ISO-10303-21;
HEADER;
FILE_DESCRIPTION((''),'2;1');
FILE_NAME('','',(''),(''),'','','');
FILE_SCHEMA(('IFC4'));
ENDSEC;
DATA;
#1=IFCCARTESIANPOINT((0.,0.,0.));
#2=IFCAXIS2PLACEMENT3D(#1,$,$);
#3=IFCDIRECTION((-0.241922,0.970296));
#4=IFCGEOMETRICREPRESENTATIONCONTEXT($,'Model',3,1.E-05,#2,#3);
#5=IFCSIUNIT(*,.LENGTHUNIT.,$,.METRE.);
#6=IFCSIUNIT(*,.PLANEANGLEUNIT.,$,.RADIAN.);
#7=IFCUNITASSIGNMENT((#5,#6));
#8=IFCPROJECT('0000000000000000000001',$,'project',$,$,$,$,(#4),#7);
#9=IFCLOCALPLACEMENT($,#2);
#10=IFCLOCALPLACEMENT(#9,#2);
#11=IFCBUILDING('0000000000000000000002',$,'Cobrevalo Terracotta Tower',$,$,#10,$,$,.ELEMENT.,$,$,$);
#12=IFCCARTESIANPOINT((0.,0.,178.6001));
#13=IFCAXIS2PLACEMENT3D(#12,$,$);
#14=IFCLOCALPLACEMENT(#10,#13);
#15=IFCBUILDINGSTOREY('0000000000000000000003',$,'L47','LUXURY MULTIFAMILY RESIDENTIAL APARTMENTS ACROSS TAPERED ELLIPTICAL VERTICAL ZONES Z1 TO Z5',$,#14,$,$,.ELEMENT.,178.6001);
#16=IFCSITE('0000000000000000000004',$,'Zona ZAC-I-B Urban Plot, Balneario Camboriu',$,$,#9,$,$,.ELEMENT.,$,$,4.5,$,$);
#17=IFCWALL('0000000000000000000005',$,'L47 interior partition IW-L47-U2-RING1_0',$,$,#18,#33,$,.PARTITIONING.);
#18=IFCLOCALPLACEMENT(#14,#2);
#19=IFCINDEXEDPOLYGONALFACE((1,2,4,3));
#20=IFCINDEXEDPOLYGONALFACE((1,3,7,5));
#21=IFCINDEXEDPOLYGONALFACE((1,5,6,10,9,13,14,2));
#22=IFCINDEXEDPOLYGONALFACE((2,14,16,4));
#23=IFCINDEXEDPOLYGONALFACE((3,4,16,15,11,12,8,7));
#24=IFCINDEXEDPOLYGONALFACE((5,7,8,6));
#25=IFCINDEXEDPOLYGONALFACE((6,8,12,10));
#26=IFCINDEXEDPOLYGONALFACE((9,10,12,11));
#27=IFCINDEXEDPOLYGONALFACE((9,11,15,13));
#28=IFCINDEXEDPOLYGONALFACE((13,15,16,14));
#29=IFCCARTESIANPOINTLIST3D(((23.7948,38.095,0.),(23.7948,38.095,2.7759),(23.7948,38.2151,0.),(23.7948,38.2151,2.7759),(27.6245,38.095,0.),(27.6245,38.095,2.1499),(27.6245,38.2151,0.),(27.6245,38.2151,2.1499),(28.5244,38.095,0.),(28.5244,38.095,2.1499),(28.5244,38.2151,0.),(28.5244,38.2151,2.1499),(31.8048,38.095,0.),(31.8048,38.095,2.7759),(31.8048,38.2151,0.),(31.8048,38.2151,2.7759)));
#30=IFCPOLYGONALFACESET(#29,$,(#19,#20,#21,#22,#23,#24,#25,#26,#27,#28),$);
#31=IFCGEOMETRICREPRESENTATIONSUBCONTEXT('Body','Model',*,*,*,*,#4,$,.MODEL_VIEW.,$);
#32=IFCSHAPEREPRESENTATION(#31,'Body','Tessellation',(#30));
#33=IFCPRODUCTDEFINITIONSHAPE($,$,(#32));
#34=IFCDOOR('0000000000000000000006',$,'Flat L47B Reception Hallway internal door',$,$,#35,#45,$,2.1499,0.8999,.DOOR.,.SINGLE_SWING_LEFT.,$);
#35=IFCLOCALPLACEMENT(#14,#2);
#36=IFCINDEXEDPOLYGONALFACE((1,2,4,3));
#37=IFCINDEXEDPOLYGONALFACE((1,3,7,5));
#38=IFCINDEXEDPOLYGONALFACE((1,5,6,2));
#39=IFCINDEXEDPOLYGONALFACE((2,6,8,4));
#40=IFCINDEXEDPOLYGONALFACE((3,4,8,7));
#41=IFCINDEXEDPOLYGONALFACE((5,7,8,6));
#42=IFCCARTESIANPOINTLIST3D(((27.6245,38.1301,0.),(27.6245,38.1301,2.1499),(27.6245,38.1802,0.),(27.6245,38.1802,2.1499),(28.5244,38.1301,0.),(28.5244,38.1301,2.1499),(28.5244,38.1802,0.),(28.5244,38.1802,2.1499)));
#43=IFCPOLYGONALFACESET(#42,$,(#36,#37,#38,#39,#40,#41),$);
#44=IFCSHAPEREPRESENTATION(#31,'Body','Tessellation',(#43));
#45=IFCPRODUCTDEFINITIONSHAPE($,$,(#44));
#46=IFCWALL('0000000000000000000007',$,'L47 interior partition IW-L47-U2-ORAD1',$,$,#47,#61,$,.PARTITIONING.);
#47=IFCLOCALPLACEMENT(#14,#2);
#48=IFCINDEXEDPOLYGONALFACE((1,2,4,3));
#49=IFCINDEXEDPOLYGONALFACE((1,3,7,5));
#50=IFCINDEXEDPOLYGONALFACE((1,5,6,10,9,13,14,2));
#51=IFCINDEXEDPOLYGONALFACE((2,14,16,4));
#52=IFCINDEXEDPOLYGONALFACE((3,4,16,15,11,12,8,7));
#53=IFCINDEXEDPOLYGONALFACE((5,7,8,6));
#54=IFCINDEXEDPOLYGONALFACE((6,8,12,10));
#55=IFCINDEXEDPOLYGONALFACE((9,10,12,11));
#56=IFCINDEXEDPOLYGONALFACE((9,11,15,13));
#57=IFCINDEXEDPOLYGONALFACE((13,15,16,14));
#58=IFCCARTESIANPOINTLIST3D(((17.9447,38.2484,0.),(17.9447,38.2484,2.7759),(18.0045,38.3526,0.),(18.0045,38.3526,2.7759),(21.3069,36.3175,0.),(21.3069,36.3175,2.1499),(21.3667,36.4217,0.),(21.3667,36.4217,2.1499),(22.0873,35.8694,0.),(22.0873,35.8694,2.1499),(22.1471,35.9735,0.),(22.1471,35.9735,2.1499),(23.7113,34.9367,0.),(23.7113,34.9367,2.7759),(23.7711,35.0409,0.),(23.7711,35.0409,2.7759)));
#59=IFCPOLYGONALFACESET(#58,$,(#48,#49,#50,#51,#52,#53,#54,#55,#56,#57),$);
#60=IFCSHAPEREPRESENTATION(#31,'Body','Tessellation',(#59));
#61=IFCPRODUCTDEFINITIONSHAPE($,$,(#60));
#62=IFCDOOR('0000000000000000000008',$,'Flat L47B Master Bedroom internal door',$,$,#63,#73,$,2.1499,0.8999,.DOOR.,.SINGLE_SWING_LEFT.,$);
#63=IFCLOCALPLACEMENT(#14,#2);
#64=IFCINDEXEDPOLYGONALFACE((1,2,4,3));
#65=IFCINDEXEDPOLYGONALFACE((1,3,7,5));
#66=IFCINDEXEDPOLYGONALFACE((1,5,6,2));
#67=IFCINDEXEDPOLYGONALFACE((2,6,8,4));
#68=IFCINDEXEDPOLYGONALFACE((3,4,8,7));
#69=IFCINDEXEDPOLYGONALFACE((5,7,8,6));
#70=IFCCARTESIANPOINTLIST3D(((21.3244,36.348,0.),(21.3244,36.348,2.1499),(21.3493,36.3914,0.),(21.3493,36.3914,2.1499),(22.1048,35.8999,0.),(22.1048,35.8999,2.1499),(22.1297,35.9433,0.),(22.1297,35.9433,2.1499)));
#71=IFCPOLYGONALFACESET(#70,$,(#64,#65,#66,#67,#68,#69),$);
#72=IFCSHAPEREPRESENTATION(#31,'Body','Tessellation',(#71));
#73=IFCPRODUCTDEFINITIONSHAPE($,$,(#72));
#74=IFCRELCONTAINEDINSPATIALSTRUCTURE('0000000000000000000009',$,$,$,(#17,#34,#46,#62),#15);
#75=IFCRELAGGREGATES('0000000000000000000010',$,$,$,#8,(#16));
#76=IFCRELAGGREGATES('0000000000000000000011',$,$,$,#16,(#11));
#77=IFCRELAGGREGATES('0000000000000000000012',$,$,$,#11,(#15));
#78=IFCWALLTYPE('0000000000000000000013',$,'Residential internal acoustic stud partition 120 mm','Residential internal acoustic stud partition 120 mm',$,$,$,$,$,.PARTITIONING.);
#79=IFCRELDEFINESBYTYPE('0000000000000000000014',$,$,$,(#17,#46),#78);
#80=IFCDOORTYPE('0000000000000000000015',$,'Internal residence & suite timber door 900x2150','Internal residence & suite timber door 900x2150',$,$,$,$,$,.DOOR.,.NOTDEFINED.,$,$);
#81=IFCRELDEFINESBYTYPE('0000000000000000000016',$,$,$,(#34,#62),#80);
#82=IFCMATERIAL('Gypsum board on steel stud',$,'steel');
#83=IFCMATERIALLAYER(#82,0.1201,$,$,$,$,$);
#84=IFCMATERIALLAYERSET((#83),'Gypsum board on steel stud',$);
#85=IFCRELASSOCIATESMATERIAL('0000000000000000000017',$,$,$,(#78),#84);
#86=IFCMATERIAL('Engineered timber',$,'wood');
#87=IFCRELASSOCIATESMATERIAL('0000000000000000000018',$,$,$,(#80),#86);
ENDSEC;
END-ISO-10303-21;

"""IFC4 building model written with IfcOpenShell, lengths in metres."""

from ifc_helpers import new_model, si_unit, direction, frame, frame_2d, origin, place, context, subcontext, project, spatial, rectangle, extrude, source, transform, mapped, material, layer, layer_set, type_object, element, fill, save


model = new_model("IFC4")

# Units and contexts
model_context = context("Model", 3, precision=1e-05, world=origin(), true_north=direction((-0.241922, 0.970296)))
body_context = subcontext(model_context, "Body", "Model", "MODEL_VIEW")
ifc_project = project(units=[si_unit("LENGTHUNIT", "METRE"), si_unit("PLANEANGLEUNIT", "RADIAN")], contexts=[model_context])

# Site, building, storey
site_placement = place(None, origin())
site = spatial("IfcSite", under=ifc_project, at=site_placement, Name="Zona ZAC-I-B Urban Plot, Balneario Camboriu", CompositionType="ELEMENT", RefElevation=4.5)
building_placement = place(site_placement, origin())
building = spatial("IfcBuilding", under=site, at=building_placement, Name="Cobrevalo Terracotta Tower", CompositionType="ELEMENT")
storey_placement = place(building_placement, frame((0.0, 0.0, 178.6001)))
storey = spatial("IfcBuildingStorey", under=building, at=storey_placement, Name="L47", Description="LUXURY MULTIFAMILY RESIDENTIAL APARTMENTS ACROSS TAPERED ELLIPTICAL VERTICAL ZONES Z1 TO Z5", CompositionType="ELEMENT", Elevation=178.6001)

# Walls, openings, doors
ifc_material_1 = material(Name="Gypsum board on steel stud", Category="steel")
ifc_layer_1 = layer(ifc_material_1, 0.1201)
ifc_layer_set_1 = layer_set([ifc_layer_1], Name="Gypsum board on steel stud")
wall_type = type_object("IfcWallType", Name="Residential internal acoustic stud partition 120 mm", Description="Residential internal acoustic stud partition 120 mm", PredefinedType="PARTITIONING", material=ifc_layer_set_1)
wall_1_placement = place(storey_placement, frame((23.7949, 38.155, 0.0), z_axis=(0.0, 0.0, 1.0), x_axis=(1.0, 0.0, 0.0)))
wall_1 = element("IfcWall", 1, at=wall_1_placement, inside=storey, type_object=wall_type, Name="L47 interior partition IW-L47-U2-RING1_0", PredefinedType="PARTITIONING", context=body_context, shape_type="SweptSolid", body=[
    extrude(rectangle(XDim=8.01, YDim=0.1201, at=frame_2d((4.0049, 0.0))), origin(), (0.0, 0.0, 1.0), 2.7759),
])
opening_1_placement = place(wall_1_placement, frame((3.8296, 0.0, 0.0)))
opening_1 = element("IfcOpeningElement", 2, at=opening_1_placement, cuts=wall_1, PredefinedType="OPENING", context=body_context, shape_type="SweptSolid", body=[
    extrude(rectangle(XDim=0.8999, YDim=2.1499, at=frame_2d((0.45, 1.075))), frame((0.0, 0.0701, 0.0), z_axis=(0.0, -1.0, 0.0), x_axis=(1.0, 0.0, 0.0)), (0.0, 0.0, 1.0), 0.1401),
])
ifc_material_2 = material(Name="Engineered timber", Category="wood")
door_type = type_object("IfcDoorType", Name="Internal residence & suite timber door 900x2150", Description="Internal residence & suite timber door 900x2150", OperationType="NOTDEFINED", PredefinedType="DOOR", material=ifc_material_2)
shared_shape_1 = source(origin(), body_context, "Body", "SweptSolid", [
    extrude(rectangle(XDim=0.8999, YDim=2.1499, at=frame_2d((0.45, 1.075))), frame((0.0, 0.0249, 0.0), z_axis=(0.0, -1.0, 0.0), x_axis=(1.0, 0.0, 0.0)), (0.0, 0.0, 1.0), 0.05),
])
door_1_placement = place(opening_1_placement, frame((0.8999, 0.0, 0.0), z_axis=(0.0, 0.0, 1.0), x_axis=(-1.0, 0.0, 0.0)))
door_1 = element("IfcDoor", 3, at=door_1_placement, inside=storey, type_object=door_type, Name="Flat L47B Reception Hallway internal door", OperationType="SINGLE_SWING_LEFT", OverallHeight=2.1499, OverallWidth=0.8999, PredefinedType="DOOR", context=body_context, shape_type="MappedRepresentation", body=[
    mapped(shared_shape_1, transform((0.0, 0.0, 0.0), scale=1.0)),
])
fill(opening_1, door_1)
wall_2_placement = place(storey_placement, frame((23.7412, 34.9888, 0.0), z_axis=(0.0, 0.0, 1.0), x_axis=(-0.867168, 0.498016, 0.0)))
wall_2 = element("IfcWall", 4, at=wall_2_placement, inside=storey, type_object=wall_type, Name="L47 interior partition IW-L47-U2-ORAD1", PredefinedType="PARTITIONING", context=body_context, shape_type="SweptSolid", body=[
    extrude(rectangle(XDim=6.6499, YDim=0.1201, at=frame_2d((3.325, 0.0))), origin(), (0.0, 0.0, 1.0), 2.7759),
])
opening_2_placement = place(wall_2_placement, frame((1.8728, 0.0, 0.0)))
opening_2 = element("IfcOpeningElement", 5, at=opening_2_placement, cuts=wall_2, PredefinedType="OPENING", context=body_context, shape_type="SweptSolid", body=[
    extrude(rectangle(XDim=0.8999, YDim=2.1499, at=frame_2d((0.45, 1.075))), frame((0.0, 0.0701, 0.0), z_axis=(0.0, -1.0, 0.0), x_axis=(1.0, 0.0, 0.0)), (0.0, 0.0, 1.0), 0.1401),
])
door_2_placement = place(opening_2_placement, origin())
door_2 = element("IfcDoor", 6, at=door_2_placement, inside=storey, type_object=door_type, Name="Flat L47B Master Bedroom internal door", OperationType="SINGLE_SWING_LEFT", OverallHeight=2.1499, OverallWidth=0.8999, PredefinedType="DOOR", context=body_context, shape_type="MappedRepresentation", body=[
    mapped(shared_shape_1, transform((0.0, 0.0, 0.0), scale=1.0)),
])
fill(opening_2, door_2)

save(model, "model.ifc")
